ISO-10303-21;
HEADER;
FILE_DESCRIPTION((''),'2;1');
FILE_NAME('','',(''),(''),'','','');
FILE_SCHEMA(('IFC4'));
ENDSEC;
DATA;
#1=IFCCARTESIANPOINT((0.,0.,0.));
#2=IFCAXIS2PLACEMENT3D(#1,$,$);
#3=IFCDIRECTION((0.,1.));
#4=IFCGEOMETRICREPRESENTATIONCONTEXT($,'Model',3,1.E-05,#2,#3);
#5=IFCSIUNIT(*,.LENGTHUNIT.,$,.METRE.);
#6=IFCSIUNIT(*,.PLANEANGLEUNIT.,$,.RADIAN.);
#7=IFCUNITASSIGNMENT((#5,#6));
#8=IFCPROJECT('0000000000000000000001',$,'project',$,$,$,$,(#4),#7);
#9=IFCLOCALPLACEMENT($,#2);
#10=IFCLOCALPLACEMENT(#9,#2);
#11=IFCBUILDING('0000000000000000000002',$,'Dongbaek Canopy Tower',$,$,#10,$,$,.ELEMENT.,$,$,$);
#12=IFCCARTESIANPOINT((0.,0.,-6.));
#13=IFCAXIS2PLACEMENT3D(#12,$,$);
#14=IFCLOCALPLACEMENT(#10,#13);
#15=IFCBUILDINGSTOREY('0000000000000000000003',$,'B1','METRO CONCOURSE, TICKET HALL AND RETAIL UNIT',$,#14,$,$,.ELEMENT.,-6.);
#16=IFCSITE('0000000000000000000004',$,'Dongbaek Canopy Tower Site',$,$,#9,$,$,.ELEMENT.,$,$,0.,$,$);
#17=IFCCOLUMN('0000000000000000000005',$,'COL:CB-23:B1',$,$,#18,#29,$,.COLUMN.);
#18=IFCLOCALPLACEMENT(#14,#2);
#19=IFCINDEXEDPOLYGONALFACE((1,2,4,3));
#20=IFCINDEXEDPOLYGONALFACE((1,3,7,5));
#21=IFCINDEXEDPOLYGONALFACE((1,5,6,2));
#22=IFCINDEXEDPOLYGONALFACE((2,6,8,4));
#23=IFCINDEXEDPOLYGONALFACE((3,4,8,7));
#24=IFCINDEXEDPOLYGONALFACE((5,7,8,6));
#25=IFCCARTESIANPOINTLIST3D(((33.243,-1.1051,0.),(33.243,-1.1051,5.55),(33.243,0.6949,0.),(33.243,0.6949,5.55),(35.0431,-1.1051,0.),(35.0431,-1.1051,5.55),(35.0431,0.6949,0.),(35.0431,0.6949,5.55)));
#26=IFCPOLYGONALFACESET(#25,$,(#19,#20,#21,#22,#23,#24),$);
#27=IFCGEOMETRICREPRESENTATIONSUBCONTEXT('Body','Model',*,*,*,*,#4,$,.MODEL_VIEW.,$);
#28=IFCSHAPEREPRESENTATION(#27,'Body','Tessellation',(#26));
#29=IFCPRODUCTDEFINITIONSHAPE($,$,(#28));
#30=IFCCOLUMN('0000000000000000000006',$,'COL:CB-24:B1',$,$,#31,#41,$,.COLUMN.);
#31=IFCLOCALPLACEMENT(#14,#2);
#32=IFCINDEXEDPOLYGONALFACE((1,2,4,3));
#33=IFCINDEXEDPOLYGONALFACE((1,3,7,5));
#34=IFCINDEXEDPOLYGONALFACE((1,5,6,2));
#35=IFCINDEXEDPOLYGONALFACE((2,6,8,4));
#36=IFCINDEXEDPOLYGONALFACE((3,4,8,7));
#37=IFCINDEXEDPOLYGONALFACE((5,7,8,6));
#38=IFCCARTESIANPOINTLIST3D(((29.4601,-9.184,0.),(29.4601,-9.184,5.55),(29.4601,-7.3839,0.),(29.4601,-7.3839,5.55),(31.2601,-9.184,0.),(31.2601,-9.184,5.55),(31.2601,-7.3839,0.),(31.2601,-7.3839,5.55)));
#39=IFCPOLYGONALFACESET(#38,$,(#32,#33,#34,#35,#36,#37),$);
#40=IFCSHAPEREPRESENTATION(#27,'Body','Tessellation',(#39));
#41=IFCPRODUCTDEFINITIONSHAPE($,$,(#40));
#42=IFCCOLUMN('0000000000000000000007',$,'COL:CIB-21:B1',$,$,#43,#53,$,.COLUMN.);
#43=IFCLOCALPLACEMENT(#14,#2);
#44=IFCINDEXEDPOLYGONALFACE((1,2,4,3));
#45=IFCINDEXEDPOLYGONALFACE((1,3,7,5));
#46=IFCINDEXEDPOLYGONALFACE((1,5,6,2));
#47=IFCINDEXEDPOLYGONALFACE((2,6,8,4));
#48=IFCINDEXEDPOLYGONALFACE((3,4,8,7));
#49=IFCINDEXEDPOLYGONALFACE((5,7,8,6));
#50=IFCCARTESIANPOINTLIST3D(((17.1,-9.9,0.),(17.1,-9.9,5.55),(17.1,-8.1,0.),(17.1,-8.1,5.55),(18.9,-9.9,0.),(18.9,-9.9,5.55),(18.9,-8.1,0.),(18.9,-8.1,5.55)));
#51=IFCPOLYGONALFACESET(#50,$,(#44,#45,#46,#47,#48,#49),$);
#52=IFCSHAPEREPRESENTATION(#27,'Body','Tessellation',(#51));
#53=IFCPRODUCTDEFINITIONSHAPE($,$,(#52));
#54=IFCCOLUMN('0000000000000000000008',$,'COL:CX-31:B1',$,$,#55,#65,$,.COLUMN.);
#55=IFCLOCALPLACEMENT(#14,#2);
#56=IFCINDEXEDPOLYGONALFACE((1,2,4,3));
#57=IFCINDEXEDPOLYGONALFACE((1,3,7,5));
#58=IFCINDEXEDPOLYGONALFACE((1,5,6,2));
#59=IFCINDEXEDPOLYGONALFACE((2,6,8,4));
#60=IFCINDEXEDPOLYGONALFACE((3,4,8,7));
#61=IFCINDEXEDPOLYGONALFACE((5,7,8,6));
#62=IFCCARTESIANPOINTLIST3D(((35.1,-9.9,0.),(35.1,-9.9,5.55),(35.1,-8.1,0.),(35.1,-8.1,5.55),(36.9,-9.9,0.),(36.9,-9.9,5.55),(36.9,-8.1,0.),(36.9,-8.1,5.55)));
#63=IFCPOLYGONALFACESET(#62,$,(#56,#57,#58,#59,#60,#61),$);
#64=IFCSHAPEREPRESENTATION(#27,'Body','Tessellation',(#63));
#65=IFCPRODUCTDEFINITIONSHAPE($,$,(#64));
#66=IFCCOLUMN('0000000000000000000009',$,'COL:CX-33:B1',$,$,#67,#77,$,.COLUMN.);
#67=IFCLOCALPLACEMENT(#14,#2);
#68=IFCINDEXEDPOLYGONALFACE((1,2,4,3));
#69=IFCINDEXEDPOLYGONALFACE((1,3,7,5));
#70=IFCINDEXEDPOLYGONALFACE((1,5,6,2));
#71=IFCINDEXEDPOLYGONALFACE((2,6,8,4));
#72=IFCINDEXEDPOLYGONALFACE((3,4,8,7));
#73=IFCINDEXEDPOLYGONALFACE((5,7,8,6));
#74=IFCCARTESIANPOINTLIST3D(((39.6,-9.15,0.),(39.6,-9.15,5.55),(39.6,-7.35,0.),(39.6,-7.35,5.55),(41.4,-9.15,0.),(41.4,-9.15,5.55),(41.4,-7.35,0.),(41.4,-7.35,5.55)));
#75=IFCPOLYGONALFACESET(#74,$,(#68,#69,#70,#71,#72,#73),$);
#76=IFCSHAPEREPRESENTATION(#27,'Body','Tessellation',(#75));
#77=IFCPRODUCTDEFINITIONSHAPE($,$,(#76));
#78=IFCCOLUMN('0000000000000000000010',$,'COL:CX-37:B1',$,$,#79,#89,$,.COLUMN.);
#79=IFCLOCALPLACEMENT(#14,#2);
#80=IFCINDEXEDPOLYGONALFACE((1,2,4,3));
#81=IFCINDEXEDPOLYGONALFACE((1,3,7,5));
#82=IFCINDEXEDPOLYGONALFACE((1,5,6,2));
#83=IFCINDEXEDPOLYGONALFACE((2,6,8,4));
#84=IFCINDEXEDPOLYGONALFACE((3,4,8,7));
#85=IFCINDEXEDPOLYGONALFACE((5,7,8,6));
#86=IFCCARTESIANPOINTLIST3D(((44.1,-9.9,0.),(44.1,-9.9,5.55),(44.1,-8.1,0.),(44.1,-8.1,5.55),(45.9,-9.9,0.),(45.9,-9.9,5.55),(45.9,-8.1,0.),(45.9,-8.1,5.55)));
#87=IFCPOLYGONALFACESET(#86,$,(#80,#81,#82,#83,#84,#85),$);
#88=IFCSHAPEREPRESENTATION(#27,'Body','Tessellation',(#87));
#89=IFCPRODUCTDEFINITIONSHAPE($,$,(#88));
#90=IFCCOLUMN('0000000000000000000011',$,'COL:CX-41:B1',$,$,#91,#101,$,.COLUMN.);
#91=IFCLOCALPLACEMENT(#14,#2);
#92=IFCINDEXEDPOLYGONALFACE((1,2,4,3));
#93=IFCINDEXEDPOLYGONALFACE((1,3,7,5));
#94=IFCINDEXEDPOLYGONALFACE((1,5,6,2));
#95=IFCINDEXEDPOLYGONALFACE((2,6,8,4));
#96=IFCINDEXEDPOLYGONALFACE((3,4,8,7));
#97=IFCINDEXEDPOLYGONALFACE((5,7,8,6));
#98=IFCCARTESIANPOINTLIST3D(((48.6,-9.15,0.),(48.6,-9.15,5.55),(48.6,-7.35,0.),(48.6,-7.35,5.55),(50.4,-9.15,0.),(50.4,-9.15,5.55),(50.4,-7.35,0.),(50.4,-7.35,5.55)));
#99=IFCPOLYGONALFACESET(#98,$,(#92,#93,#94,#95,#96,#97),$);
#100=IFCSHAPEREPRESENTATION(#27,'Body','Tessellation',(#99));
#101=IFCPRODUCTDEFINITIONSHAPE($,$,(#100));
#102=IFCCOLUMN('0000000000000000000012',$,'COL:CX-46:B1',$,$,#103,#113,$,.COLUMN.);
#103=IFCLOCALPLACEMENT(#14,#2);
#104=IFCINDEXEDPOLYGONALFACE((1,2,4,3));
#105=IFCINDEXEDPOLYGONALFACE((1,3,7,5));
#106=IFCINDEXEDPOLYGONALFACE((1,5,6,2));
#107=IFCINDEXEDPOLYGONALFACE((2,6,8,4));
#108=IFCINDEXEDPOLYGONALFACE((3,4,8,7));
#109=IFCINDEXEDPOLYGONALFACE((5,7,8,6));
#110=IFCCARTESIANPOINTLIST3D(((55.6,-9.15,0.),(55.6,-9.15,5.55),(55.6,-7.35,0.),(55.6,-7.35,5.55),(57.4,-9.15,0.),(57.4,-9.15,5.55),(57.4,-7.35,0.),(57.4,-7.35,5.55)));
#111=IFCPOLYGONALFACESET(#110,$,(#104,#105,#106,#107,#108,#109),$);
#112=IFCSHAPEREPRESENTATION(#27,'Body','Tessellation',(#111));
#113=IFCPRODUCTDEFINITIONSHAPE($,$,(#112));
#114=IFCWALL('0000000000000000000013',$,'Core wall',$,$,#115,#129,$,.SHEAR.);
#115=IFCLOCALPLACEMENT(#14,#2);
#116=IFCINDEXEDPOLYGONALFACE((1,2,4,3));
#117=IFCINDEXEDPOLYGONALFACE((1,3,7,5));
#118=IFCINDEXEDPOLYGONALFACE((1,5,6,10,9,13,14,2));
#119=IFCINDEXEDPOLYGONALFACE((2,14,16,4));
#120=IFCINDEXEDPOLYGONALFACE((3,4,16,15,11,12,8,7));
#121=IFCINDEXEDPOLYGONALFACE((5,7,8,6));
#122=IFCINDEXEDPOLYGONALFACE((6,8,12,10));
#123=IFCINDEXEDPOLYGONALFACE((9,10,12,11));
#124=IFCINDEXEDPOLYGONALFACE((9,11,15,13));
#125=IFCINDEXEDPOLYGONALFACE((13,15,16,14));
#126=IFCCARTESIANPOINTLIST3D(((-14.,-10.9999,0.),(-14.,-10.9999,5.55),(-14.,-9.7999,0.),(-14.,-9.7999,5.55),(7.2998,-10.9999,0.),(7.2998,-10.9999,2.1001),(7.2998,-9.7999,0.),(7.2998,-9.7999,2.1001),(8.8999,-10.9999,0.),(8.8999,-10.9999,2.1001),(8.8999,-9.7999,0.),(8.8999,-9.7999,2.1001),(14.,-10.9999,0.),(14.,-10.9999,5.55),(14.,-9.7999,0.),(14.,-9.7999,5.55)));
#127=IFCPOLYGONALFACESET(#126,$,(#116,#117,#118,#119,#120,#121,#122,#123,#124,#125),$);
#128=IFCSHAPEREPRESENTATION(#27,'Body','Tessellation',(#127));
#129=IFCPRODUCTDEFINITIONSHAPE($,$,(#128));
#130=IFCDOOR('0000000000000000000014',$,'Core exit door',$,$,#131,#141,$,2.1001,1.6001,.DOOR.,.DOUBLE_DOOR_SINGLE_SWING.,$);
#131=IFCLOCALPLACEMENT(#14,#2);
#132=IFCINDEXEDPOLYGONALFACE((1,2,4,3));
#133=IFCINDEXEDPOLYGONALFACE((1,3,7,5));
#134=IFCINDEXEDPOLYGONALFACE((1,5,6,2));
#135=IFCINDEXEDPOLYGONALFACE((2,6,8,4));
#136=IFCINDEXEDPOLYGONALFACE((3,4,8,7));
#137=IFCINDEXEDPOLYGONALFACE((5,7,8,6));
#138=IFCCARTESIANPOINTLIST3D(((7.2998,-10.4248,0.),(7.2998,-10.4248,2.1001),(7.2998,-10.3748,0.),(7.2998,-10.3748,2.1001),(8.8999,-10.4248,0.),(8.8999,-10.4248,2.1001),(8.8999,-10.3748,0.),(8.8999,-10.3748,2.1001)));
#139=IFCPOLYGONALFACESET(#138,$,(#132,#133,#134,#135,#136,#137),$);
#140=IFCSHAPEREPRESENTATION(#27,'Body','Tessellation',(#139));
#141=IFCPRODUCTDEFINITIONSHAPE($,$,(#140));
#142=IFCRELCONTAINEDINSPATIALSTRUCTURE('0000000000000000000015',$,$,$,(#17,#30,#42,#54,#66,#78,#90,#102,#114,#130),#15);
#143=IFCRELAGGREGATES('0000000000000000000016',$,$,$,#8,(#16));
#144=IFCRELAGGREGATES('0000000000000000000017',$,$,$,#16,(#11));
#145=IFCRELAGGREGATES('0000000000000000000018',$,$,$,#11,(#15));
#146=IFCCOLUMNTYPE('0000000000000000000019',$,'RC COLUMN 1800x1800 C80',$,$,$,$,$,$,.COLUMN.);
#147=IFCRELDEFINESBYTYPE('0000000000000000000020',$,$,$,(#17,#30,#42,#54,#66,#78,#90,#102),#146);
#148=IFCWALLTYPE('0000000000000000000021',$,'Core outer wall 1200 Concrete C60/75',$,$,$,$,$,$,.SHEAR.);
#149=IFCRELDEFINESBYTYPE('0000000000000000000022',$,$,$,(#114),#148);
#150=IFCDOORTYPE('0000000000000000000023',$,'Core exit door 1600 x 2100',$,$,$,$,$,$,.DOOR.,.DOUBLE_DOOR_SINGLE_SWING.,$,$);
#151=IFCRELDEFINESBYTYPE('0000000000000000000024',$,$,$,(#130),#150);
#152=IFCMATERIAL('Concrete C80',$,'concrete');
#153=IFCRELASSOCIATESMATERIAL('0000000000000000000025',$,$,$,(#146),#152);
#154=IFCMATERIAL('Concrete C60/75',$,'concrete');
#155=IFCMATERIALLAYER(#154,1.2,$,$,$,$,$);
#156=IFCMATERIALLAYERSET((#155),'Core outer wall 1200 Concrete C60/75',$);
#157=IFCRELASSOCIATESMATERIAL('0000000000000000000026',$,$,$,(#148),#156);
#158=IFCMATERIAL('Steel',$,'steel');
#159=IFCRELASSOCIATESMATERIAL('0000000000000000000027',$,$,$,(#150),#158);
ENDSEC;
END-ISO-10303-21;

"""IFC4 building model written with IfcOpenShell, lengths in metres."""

from ifc_helpers import new_model, si_unit, direction, frame, frame_2d, origin, origin_2d, place, context, subcontext, project, spatial, rectangle, extrude, material, layer, layer_set, material_profile, profile_set, type_object, element, fill, save


model = new_model("IFC4")

# Units and contexts
model_context = context("Model", 3, precision=1e-05, world=origin(), true_north=direction((0.0, 1.0)))
body_context = subcontext(model_context, "Body", "Model", "MODEL_VIEW")
ifc_project = project(units=[si_unit("LENGTHUNIT", "METRE"), si_unit("PLANEANGLEUNIT", "RADIAN")], contexts=[model_context])

# Site, building, storey
site_placement = place(None, origin())
site = spatial("IfcSite", under=ifc_project, at=site_placement, Name="Dongbaek Canopy Tower Site", CompositionType="ELEMENT", RefElevation=0.0)
building_placement = place(site_placement, origin())
building = spatial("IfcBuilding", under=site, at=building_placement, Name="Dongbaek Canopy Tower", CompositionType="ELEMENT")
storey_placement = place(building_placement, frame((0.0, 0.0, -6.0)))
storey = spatial("IfcBuildingStorey", under=building, at=storey_placement, Name="B1", Description="METRO CONCOURSE, TICKET HALL AND RETAIL UNIT", CompositionType="ELEMENT", Elevation=-6.0)

# Columns
ifc_material_1 = material(Name="Concrete C80", Category="concrete")
ifc_material_profile = material_profile(ifc_material_1, rectangle(XDim=1.8, YDim=1.8, at=origin_2d()), Name="RC COLUMN 1800x1800 C80")
ifc_profile_set = profile_set([ifc_material_profile], Name="Concrete C80")
column_type = type_object("IfcColumnType", Name="RC COLUMN 1800x1800 C80", PredefinedType="COLUMN", material=ifc_profile_set)
for number, where, z_axis, x_axis, name in (
    (1, (34.1431, -0.2051, 0.0), (0.0, 0.0, 1.0), (1.0, 0.0, 0.0), "COL:CB-23:B1"),
    (2, (30.3601, -8.2839, 0.0), (0.0, 0.0, 1.0), (1.0, 0.0, 0.0), "COL:CB-24:B1"),
    (3, (18.0, -9.0, 0.0), (0.0, 0.0, 1.0), (1.0, 0.0, 0.0), "COL:CIB-21:B1"),
    (4, (36.0, -9.0, 0.0), (0.0, 0.0, 1.0), (1.0, 0.0, 0.0), "COL:CX-31:B1"),
    (5, (40.5, -8.25, 0.0), (0.0, 0.0, 1.0), (1.0, 0.0, 0.0), "COL:CX-33:B1"),
    (6, (45.0, -9.0, 0.0), (0.0, 0.0, 1.0), (1.0, 0.0, 0.0), "COL:CX-37:B1"),
    (7, (49.5, -8.25, 0.0), (0.0, 0.0, 1.0), (1.0, 0.0, 0.0), "COL:CX-41:B1"),
    (8, (56.5, -8.25, 0.0), (0.0, 0.0, 1.0), (1.0, 0.0, 0.0), "COL:CX-46:B1"),
):
    element("IfcColumn", number, at=place(storey_placement, frame(where, z_axis=z_axis, x_axis=x_axis)), inside=storey, type_object=column_type, Name=name, PredefinedType="COLUMN", context=body_context, shape_type="SweptSolid", body=[
        extrude(rectangle(XDim=1.8, YDim=1.8, at=origin_2d()), origin(), (0.0, 0.0, 1.0), 5.55),
    ])

# Wall, opening, door
ifc_material_2 = material(Name="Concrete C60/75", Category="concrete")
ifc_layer_1 = layer(ifc_material_2, 1.2)
ifc_layer_set_1 = layer_set([ifc_layer_1], Name="Core outer wall 1200 Concrete C60/75")
wall_type_1 = type_object("IfcWallType", Name="Core outer wall 1200 Concrete C60/75", PredefinedType="SHEAR", material=ifc_layer_set_1)
wall_1_placement = place(storey_placement, frame((14.0, -10.3999, 0.0), z_axis=(0.0, 0.0, 1.0), x_axis=(-1.0, 0.0, 0.0)))
wall_1 = element("IfcWall", 9, at=wall_1_placement, inside=storey, type_object=wall_type_1, Name="Core wall", PredefinedType="SHEAR", context=body_context, shape_type="SweptSolid", body=[
    extrude(rectangle(XDim=28.0, YDim=1.2, at=frame_2d((14.0, 0.0))), origin(), (0.0, 0.0, 1.0), 5.55),
])
opening_1_placement = place(wall_1_placement, frame((5.1001, 0.0, 0.0)))
opening_1 = element("IfcOpeningElement", 10, at=opening_1_placement, cuts=wall_1, PredefinedType="OPENING", context=body_context, shape_type="SweptSolid", body=[
    extrude(rectangle(XDim=1.6001, YDim=2.1001, at=frame_2d((0.8, 1.05))), frame((0.0, 0.6099, 0.0), z_axis=(0.0, -1.0, 0.0), x_axis=(1.0, 0.0, 0.0)), (0.0, 0.0, 1.0), 1.22),
])
ifc_material_3 = material(Name="Steel", Category="steel")
door_type_1 = type_object("IfcDoorType", Name="Core exit door 1600 x 2100", OperationType="DOUBLE_DOOR_SINGLE_SWING", PredefinedType="DOOR", material=ifc_material_3)
door_1_placement = place(opening_1_placement, origin())
door_1 = element("IfcDoor", 11, at=door_1_placement, inside=storey, type_object=door_type_1, Name="Core exit door", OperationType="DOUBLE_DOOR_SINGLE_SWING", OverallHeight=2.1001, OverallWidth=1.6001, PredefinedType="DOOR", context=body_context, shape_type="SweptSolid", body=[
    extrude(rectangle(XDim=1.6001, YDim=2.1001, at=frame_2d((0.8, 1.05))), frame((0.0, 0.0249, 0.0), z_axis=(0.0, -1.0, 0.0), x_axis=(1.0, 0.0, 0.0)), (0.0, 0.0, 1.0), 0.05),
])
fill(opening_1, door_1)

save(model, "model.ifc")
